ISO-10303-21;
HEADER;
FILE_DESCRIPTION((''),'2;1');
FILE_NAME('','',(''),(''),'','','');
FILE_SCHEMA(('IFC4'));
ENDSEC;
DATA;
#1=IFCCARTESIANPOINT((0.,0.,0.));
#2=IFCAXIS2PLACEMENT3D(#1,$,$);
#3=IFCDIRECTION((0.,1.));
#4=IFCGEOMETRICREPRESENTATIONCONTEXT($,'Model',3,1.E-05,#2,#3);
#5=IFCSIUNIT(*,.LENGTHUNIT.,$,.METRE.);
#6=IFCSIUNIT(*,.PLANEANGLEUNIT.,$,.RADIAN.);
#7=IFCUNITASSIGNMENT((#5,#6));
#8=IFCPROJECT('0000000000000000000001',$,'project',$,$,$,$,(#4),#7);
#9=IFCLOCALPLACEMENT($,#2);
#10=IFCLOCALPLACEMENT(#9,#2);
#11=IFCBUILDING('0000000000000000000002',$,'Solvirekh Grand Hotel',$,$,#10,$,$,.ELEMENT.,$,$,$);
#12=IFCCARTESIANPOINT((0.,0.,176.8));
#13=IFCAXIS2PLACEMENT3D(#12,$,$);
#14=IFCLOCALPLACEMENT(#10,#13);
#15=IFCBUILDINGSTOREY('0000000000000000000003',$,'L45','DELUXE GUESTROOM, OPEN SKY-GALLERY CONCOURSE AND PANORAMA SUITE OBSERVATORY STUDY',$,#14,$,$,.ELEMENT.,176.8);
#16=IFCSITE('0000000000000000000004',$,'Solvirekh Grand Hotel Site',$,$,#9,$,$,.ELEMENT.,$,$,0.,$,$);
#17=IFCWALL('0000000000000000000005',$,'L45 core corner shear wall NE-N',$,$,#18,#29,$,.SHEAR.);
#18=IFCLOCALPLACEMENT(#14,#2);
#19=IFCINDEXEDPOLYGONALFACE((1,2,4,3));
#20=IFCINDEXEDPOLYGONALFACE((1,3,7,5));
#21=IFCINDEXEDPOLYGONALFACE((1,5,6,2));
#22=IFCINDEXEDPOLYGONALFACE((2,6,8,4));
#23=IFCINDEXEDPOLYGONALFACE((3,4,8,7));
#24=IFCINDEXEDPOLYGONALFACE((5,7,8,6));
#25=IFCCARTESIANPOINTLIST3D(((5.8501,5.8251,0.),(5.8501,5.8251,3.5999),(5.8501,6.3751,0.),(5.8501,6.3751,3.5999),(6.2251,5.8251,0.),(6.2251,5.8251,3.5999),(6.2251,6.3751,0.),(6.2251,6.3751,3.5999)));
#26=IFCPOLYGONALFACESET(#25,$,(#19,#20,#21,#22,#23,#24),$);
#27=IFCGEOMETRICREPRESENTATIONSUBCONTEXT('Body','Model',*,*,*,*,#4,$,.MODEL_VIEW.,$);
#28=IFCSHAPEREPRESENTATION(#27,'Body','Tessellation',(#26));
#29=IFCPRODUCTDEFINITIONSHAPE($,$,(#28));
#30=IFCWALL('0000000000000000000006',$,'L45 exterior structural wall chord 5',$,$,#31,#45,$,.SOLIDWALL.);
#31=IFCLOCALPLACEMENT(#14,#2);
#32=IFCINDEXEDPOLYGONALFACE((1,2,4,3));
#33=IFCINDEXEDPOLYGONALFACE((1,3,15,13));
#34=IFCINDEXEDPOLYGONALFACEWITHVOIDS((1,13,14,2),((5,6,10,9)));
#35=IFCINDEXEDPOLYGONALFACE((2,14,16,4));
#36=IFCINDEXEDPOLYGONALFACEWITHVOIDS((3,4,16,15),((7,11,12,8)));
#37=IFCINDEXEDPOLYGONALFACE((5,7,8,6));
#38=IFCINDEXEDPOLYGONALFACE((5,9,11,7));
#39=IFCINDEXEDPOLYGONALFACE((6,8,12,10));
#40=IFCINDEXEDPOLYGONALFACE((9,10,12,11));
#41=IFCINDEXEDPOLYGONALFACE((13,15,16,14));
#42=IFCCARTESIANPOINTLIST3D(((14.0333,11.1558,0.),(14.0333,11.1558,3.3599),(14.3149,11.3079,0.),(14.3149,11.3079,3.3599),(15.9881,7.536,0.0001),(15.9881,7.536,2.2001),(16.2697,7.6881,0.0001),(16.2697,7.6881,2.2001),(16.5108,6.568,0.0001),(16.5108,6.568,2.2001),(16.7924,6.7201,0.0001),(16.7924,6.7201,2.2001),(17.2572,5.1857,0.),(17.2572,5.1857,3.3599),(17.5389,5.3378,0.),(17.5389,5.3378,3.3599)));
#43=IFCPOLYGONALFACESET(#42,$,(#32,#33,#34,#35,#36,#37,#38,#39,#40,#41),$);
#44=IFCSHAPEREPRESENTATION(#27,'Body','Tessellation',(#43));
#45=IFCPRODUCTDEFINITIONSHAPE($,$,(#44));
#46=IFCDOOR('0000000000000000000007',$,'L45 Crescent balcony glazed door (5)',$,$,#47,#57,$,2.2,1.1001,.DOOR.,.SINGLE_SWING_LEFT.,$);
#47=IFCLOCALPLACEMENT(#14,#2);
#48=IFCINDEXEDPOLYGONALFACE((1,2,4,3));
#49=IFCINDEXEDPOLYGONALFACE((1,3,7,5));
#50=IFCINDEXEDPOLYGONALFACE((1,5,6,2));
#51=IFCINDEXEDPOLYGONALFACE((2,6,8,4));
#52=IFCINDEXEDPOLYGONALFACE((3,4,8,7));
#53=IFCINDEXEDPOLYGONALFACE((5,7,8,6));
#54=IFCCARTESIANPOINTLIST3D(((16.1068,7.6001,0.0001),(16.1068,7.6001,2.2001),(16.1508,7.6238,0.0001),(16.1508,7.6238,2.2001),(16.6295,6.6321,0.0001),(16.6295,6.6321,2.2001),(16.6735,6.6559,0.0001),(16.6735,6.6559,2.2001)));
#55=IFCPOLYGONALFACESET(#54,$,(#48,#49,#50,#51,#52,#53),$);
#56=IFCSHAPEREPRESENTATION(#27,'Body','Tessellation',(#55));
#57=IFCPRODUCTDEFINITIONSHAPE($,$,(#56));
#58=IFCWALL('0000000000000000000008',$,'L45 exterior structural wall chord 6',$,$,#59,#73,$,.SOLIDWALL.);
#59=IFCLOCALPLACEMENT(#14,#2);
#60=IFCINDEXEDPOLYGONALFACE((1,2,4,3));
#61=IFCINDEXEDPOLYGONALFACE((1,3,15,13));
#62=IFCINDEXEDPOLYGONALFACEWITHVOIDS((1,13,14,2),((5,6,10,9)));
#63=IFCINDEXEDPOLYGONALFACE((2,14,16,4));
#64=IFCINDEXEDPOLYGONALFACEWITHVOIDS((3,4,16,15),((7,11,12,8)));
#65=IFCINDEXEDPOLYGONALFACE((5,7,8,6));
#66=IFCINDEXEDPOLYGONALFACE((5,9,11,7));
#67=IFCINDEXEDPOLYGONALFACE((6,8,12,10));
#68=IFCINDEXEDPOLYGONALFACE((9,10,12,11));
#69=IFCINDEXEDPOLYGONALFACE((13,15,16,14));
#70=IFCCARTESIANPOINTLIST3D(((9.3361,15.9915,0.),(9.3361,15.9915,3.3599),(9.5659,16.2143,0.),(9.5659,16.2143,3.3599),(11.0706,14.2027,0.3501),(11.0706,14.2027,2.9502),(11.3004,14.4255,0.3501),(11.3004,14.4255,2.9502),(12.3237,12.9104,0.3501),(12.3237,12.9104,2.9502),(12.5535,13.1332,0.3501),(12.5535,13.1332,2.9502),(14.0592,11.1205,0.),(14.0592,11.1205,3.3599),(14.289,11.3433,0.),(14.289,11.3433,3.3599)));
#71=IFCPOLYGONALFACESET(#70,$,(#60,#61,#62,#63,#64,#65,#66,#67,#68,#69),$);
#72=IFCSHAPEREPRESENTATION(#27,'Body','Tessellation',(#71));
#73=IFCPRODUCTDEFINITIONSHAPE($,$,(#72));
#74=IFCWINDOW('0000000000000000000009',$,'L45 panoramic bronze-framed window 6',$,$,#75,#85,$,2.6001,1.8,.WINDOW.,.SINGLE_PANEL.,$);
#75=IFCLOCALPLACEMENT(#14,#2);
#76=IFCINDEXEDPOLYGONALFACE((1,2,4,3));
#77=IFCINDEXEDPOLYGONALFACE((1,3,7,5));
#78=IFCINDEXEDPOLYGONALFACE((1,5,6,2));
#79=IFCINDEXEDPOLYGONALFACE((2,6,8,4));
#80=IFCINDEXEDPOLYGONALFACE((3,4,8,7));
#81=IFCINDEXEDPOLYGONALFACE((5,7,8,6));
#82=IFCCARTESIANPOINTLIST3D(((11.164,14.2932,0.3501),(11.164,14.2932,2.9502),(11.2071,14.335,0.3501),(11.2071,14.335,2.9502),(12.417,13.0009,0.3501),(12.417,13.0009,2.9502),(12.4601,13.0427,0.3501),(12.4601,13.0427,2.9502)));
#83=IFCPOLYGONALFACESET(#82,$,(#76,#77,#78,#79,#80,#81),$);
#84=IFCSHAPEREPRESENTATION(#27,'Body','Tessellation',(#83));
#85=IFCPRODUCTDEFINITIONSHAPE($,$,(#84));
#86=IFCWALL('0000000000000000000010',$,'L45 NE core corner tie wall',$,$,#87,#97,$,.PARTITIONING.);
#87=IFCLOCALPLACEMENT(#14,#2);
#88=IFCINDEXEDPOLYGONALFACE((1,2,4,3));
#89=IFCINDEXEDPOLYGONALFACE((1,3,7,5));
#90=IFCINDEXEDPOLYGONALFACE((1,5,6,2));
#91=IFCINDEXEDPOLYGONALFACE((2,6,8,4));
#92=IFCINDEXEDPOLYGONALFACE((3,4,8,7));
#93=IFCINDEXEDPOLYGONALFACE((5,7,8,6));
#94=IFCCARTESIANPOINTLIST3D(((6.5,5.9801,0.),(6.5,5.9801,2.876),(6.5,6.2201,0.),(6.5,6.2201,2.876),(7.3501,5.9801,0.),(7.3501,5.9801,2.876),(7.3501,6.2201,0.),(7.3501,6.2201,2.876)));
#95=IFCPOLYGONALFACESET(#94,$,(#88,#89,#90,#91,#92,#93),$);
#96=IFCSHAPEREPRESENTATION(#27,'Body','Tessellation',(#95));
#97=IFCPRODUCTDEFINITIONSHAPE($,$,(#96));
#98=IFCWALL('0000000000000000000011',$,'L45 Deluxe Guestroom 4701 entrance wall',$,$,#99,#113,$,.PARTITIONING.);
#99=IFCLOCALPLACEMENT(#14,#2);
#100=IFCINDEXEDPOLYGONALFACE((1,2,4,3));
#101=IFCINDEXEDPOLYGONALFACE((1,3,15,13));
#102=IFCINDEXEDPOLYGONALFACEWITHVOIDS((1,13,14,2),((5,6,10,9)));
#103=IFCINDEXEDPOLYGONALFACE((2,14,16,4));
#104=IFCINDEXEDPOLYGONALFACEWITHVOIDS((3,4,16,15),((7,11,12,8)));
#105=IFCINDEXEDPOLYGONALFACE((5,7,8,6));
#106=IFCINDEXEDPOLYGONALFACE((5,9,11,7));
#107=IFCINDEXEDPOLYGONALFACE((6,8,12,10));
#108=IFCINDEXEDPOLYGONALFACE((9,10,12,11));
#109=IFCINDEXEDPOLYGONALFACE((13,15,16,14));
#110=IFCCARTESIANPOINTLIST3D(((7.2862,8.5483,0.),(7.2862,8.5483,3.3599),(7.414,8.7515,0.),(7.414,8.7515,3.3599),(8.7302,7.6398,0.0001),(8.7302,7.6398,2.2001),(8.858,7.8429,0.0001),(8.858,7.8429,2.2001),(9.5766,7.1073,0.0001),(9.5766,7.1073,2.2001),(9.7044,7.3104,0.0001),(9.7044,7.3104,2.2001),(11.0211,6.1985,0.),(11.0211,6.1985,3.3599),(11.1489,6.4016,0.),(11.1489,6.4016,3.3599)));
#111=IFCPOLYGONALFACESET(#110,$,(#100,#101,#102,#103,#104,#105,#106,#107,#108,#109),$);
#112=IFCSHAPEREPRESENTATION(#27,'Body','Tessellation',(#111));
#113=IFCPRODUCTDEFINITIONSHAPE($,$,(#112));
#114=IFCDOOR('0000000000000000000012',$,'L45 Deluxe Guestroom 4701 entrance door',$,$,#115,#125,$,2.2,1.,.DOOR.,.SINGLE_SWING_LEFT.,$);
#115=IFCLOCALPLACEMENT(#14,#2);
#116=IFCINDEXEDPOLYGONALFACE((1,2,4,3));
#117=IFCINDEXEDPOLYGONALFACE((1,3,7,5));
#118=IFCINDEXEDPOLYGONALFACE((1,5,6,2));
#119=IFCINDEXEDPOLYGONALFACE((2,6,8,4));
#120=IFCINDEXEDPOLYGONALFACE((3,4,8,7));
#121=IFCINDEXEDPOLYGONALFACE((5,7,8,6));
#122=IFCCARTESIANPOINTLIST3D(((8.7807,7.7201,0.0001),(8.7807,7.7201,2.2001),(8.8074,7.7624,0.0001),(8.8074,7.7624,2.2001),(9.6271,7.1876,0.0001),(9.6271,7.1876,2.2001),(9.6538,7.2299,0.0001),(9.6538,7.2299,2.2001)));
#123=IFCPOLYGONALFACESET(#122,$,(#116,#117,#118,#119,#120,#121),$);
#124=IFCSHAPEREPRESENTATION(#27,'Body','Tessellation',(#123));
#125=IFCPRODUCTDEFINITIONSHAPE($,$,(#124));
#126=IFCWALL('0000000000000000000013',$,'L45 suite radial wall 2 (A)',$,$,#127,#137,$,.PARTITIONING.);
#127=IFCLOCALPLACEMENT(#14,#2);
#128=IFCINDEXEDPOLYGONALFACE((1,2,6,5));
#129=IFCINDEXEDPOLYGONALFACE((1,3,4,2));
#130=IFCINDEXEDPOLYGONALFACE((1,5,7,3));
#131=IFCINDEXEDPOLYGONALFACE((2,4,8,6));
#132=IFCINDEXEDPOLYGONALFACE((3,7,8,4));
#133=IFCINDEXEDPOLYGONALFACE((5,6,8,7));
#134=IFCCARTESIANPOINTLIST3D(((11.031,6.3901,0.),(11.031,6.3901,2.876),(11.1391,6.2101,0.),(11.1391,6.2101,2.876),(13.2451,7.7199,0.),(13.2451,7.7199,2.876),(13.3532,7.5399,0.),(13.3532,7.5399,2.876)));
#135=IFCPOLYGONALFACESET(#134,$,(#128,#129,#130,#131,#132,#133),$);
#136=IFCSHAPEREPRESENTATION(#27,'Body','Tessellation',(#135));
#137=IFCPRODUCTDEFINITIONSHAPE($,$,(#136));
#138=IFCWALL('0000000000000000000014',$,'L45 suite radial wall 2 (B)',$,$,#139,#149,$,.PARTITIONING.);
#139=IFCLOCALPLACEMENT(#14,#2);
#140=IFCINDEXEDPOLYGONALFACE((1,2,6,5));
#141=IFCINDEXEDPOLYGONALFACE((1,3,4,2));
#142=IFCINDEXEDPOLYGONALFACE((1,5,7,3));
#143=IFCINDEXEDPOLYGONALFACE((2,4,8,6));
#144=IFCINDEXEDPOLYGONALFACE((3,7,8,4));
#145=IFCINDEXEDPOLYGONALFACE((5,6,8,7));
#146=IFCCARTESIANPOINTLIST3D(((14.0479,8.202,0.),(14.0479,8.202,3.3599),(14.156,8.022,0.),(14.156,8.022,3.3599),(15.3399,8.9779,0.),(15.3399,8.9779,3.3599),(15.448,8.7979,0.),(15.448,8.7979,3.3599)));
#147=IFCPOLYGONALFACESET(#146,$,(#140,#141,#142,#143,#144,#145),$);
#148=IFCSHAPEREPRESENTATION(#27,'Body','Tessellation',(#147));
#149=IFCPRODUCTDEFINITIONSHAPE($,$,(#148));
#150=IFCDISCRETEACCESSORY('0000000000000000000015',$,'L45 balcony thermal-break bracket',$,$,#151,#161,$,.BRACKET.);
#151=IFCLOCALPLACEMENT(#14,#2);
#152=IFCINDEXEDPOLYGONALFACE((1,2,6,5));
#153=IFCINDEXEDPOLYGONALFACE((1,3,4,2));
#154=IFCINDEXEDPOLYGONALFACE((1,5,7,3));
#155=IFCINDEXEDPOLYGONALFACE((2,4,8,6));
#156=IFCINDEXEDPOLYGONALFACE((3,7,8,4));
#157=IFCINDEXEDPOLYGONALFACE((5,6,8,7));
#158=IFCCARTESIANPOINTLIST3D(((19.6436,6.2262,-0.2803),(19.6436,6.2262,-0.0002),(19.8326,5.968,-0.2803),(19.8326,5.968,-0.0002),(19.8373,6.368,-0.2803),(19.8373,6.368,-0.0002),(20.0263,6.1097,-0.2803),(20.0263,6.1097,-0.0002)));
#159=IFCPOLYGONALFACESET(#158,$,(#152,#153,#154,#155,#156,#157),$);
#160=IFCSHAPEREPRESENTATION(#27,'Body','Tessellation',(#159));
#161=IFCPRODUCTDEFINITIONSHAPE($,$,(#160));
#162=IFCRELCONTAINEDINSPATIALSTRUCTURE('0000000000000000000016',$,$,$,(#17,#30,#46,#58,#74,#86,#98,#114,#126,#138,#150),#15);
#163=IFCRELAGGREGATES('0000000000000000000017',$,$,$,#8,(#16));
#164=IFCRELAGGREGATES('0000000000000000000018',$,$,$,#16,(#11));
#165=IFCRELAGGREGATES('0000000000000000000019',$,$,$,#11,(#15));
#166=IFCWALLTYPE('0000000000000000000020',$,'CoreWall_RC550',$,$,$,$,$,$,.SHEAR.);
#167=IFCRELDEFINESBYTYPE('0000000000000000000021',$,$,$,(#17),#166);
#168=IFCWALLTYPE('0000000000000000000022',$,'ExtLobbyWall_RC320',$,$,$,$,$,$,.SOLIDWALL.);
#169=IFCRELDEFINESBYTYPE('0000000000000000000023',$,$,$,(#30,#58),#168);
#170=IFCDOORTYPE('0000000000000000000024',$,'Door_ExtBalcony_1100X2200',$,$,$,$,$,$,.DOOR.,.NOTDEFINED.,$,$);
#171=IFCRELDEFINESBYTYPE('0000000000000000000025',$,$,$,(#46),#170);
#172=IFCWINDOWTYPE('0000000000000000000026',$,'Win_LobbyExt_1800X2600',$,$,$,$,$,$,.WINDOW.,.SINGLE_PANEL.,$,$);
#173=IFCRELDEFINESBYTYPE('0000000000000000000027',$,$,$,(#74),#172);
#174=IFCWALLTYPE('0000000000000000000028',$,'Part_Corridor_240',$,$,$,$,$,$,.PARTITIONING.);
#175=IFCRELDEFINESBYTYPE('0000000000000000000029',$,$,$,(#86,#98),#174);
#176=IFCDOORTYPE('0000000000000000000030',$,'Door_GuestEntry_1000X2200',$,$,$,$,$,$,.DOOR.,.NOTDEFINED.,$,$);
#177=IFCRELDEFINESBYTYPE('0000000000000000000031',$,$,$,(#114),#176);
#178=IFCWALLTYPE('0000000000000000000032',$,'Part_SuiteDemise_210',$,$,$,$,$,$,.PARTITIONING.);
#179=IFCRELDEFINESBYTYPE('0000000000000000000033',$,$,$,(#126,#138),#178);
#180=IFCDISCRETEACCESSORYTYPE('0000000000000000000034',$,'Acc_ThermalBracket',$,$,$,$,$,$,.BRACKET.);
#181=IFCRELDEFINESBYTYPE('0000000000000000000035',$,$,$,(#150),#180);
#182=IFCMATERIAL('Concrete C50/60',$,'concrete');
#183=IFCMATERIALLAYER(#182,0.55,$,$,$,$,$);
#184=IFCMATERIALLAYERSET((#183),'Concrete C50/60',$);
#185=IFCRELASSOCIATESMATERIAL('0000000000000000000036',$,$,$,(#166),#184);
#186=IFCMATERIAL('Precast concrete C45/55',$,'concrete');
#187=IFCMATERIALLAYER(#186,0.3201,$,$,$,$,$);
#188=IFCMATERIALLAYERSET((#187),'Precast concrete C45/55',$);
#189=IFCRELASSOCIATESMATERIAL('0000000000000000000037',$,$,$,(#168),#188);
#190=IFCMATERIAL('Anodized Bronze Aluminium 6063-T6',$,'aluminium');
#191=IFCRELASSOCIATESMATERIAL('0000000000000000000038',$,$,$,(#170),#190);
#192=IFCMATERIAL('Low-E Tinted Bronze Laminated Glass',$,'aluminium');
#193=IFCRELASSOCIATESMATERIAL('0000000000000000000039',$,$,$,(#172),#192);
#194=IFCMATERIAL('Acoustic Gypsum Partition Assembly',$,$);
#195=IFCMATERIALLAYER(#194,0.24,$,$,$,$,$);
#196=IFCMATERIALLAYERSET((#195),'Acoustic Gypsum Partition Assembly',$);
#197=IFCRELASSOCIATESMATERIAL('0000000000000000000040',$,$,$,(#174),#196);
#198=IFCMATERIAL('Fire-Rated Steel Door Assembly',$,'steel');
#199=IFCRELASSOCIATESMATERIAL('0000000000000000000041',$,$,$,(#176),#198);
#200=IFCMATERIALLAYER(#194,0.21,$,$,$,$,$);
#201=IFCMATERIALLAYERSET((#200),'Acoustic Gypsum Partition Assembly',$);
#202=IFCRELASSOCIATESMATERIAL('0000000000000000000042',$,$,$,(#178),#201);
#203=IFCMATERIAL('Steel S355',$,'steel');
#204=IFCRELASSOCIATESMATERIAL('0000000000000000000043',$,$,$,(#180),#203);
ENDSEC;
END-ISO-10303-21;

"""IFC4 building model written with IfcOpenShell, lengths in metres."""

from ifc_helpers import new_model, si_unit, direction, frame, frame_2d, origin, origin_2d, place, context, subcontext, project, spatial, rectangle, extrude, material, layer, layer_set, type_object, element, fill, save


model = new_model("IFC4")

# Units and contexts
model_context = context("Model", 3, precision=1e-05, world=origin(), true_north=direction((0.0, 1.0)))
body_context = subcontext(model_context, "Body", "Model", "MODEL_VIEW")
ifc_project = project(units=[si_unit("LENGTHUNIT", "METRE"), si_unit("PLANEANGLEUNIT", "RADIAN")], contexts=[model_context])

# Site, building, storey
site_placement = place(None, origin())
site = spatial("IfcSite", under=ifc_project, at=site_placement, Name="Solvirekh Grand Hotel Site", CompositionType="ELEMENT", RefElevation=0.0)
building_placement = place(site_placement, origin())
building = spatial("IfcBuilding", under=site, at=building_placement, Name="Solvirekh Grand Hotel", CompositionType="ELEMENT")
storey_placement = place(building_placement, frame((0.0, 0.0, 176.8)))
storey = spatial("IfcBuildingStorey", under=building, at=storey_placement, Name="L45", Description="DELUXE GUESTROOM, OPEN SKY-GALLERY CONCOURSE AND PANORAMA SUITE OBSERVATORY STUDY", CompositionType="ELEMENT", Elevation=176.8)

# Shared definitions
ifc_material_1 = material(Name="Concrete C50/60", Category="concrete")

# Shared definitions
ifc_material_2 = material(Name="Steel S355", Category="steel")

# Wall
ifc_layer_1 = layer(ifc_material_1, 0.55)
ifc_layer_set_1 = layer_set([ifc_layer_1], Name="Concrete C50/60")
wall_type_1 = type_object("IfcWallType", Name="CoreWall_RC550", PredefinedType="SHEAR", material=ifc_layer_set_1)
wall_1_placement = place(storey_placement, frame((5.8501, 6.1001, 0.0), z_axis=(0.0, 0.0, 1.0), x_axis=(1.0, 0.0, 0.0)))
element("IfcWall", 1, at=wall_1_placement, inside=storey, type_object=wall_type_1, Name="L45 core corner shear wall NE-N", PredefinedType="SHEAR", context=body_context, shape_type="SweptSolid", body=[
    extrude(rectangle(XDim=0.375, YDim=0.55, at=frame_2d((0.1875, 0.0))), origin(), (0.0, 0.0, 1.0), 3.5999),
])

# Wall, opening, door
ifc_material_3 = material(Name="Precast concrete C45/55", Category="concrete")
ifc_layer_2 = layer(ifc_material_3, 0.3201)
ifc_layer_set_2 = layer_set([ifc_layer_2], Name="Precast concrete C45/55")
wall_type_2 = type_object("IfcWallType", Name="ExtLobbyWall_RC320", PredefinedType="SOLIDWALL", material=ifc_layer_set_2)
wall_2_placement = place(storey_placement, frame((14.1741, 11.2319, 0.0), z_axis=(0.0, 0.0, 1.0), x_axis=(0.47516, -0.8799, 0.0)))
wall_2 = element("IfcWall", 2, at=wall_2_placement, inside=storey, type_object=wall_type_2, Name="L45 exterior structural wall chord 5", PredefinedType="SOLIDWALL", context=body_context, shape_type="SweptSolid", body=[
    extrude(rectangle(XDim=6.7849, YDim=0.3201, at=frame_2d((3.3926, 0.0))), origin(), (0.0, 0.0, 1.0), 3.3599),
])
opening_1_placement = place(wall_2_placement, frame((4.114, 0.0, 0.0)))
opening_1 = element("IfcOpeningElement", 3, at=opening_1_placement, cuts=wall_2, PredefinedType="OPENING", context=body_context, shape_type="SweptSolid", body=[
    extrude(rectangle(XDim=1.1001, YDim=2.2, at=frame_2d((0.55, 1.1001))), frame((0.0, 0.1699, 0.0), z_axis=(0.0, -1.0, 0.0), x_axis=(1.0, 0.0, 0.0)), (0.0, 0.0, 1.0), 0.3401),
])
ifc_material_4 = material(Name="Anodized Bronze Aluminium 6063-T6", Category="aluminium")
door_type_1 = type_object("IfcDoorType", Name="Door_ExtBalcony_1100X2200", OperationType="NOTDEFINED", PredefinedType="DOOR", material=ifc_material_4)
door_1_placement = place(opening_1_placement, origin())
door_1 = element("IfcDoor", 4, at=door_1_placement, inside=storey, type_object=door_type_1, Name="L45 Crescent balcony glazed door (5)", OperationType="SINGLE_SWING_LEFT", OverallHeight=2.2, OverallWidth=1.1001, PredefinedType="DOOR", context=body_context, shape_type="SweptSolid", body=[
    extrude(rectangle(XDim=1.1001, YDim=2.2, at=frame_2d((0.55, 1.1001))), frame((0.0, 0.0249, 0.0), z_axis=(0.0, -1.0, 0.0), x_axis=(1.0, 0.0, 0.0)), (0.0, 0.0, 1.0), 0.05),
])
fill(opening_1, door_1)

# Wall, opening, window
wall_3_placement = place(storey_placement, frame((9.4509, 16.103, 0.0), z_axis=(0.0, 0.0, 1.0), x_axis=(0.69612, -0.717925, 0.0)))
wall_3 = element("IfcWall", 5, at=wall_3_placement, inside=storey, type_object=wall_type_2, Name="L45 exterior structural wall chord 6", PredefinedType="SOLIDWALL", context=body_context, shape_type="SweptSolid", body=[
    extrude(rectangle(XDim=6.7849, YDim=0.3201, at=frame_2d((3.3926, 0.0))), origin(), (0.0, 0.0, 1.0), 3.3599),
])
opening_2_placement = place(wall_3_placement, frame((2.4919, 0.0, 0.3501)))
opening_2 = element("IfcOpeningElement", 6, at=opening_2_placement, cuts=wall_3, PredefinedType="OPENING", context=body_context, shape_type="SweptSolid", body=[
    extrude(rectangle(XDim=1.8, YDim=2.6001, at=frame_2d((0.8999, 1.3))), frame((0.0, 0.1699, 0.0), z_axis=(0.0, -1.0, 0.0), x_axis=(1.0, 0.0, 0.0)), (0.0, 0.0, 1.0), 0.3401),
])
ifc_material_5 = material(Name="Low-E Tinted Bronze Laminated Glass", Category="aluminium")
window_type = type_object("IfcWindowType", Name="Win_LobbyExt_1800X2600", PartitioningType="SINGLE_PANEL", PredefinedType="WINDOW", material=ifc_material_5)
window_placement = place(opening_2_placement, origin())
window = element("IfcWindow", 7, at=window_placement, inside=storey, type_object=window_type, Name="L45 panoramic bronze-framed window 6", OverallHeight=2.6001, OverallWidth=1.8, PartitioningType="SINGLE_PANEL", PredefinedType="WINDOW", context=body_context, shape_type="SweptSolid", body=[
    extrude(rectangle(XDim=1.8, YDim=2.6001, at=frame_2d((0.8999, 1.3))), frame((0.0, 0.03, 0.0), z_axis=(0.0, -1.0, 0.0), x_axis=(1.0, 0.0, 0.0)), (0.0, 0.0, 1.0), 0.0601),
])
fill(opening_2, window)

# Wall
ifc_material_6 = material(Name="Acoustic Gypsum Partition Assembly")
ifc_layer_3 = layer(ifc_material_6, 0.24)
ifc_layer_set_3 = layer_set([ifc_layer_3], Name="Acoustic Gypsum Partition Assembly")
wall_type_3 = type_object("IfcWallType", Name="Part_Corridor_240", PredefinedType="PARTITIONING", material=ifc_layer_set_3)
wall_4_placement = place(storey_placement, frame((6.5, 6.1001, 0.0), z_axis=(0.0, 0.0, 1.0), x_axis=(1.0, 0.0, 0.0)))
element("IfcWall", 8, at=wall_4_placement, inside=storey, type_object=wall_type_3, Name="L45 NE core corner tie wall", PredefinedType="PARTITIONING", context=body_context, shape_type="SweptSolid", body=[
    extrude(rectangle(XDim=0.8501, YDim=0.24, at=frame_2d((0.425, 0.0))), origin(), (0.0, 0.0, 1.0), 2.876),
])

# Wall, opening, door
wall_5_placement = place(storey_placement, frame((7.3501, 8.6499, 0.0), z_axis=(0.0, 0.0, 1.0), x_axis=(0.846409, -0.532533, 0.0)))
wall_5 = element("IfcWall", 9, at=wall_5_placement, inside=storey, type_object=wall_type_3, Name="L45 Deluxe Guestroom 4701 entrance wall", PredefinedType="PARTITIONING", context=body_context, shape_type="SweptSolid", body=[
    extrude(rectangle(XDim=4.4126, YDim=0.24, at=frame_2d((2.2063, 0.0))), origin(), (0.0, 0.0, 1.0), 3.3599),
])
opening_3_placement = place(wall_5_placement, frame((1.7061, 0.0, 0.0)))
opening_3 = element("IfcOpeningElement", 10, at=opening_3_placement, cuts=wall_5, PredefinedType="OPENING", context=body_context, shape_type="SweptSolid", body=[
    extrude(rectangle(XDim=1.0, YDim=2.2, at=frame_2d((0.5, 1.1001))), frame((0.0, 0.1299, 0.0), z_axis=(0.0, -1.0, 0.0), x_axis=(1.0, 0.0, 0.0)), (0.0, 0.0, 1.0), 0.26),
])
ifc_material_7 = material(Name="Fire-Rated Steel Door Assembly", Category="steel")
door_type_2 = type_object("IfcDoorType", Name="Door_GuestEntry_1000X2200", OperationType="NOTDEFINED", PredefinedType="DOOR", material=ifc_material_7)
door_2_placement = place(opening_3_placement, origin())
door_2 = element("IfcDoor", 11, at=door_2_placement, inside=storey, type_object=door_type_2, Name="L45 Deluxe Guestroom 4701 entrance door", OperationType="SINGLE_SWING_LEFT", OverallHeight=2.2, OverallWidth=1.0, PredefinedType="DOOR", context=body_context, shape_type="SweptSolid", body=[
    extrude(rectangle(XDim=1.0, YDim=2.2, at=frame_2d((0.5, 1.1001))), frame((0.0, 0.0249, 0.0), z_axis=(0.0, -1.0, 0.0), x_axis=(1.0, 0.0, 0.0)), (0.0, 0.0, 1.0), 0.05),
])
fill(opening_3, door_2)

# Walls
ifc_layer_4 = layer(ifc_material_6, 0.21)
ifc_layer_set_4 = layer_set([ifc_layer_4], Name="Acoustic Gypsum Partition Assembly")
wall_type_4 = type_object("IfcWallType", Name="Part_SuiteDemise_210", PredefinedType="PARTITIONING", material=ifc_layer_set_4)
wall_6_placement = place(storey_placement, frame((11.085, 6.3, 0.0), z_axis=(0.0, 0.0, 1.0), x_axis=(0.857259, 0.514885, 0.0)))
element("IfcWall", 12, at=wall_6_placement, inside=storey, type_object=wall_type_4, Name="L45 suite radial wall 2 (A)", PredefinedType="PARTITIONING", context=body_context, shape_type="SweptSolid", body=[
    extrude(rectangle(XDim=2.5828, YDim=0.21, at=frame_2d((1.2915, 0.0))), origin(), (0.0, 0.0, 1.0), 2.876),
])
wall_7_placement = place(storey_placement, frame((14.1021, 8.1121, 0.0), z_axis=(0.0, 0.0, 1.0), x_axis=(0.857293, 0.514829, 0.0)))
element("IfcWall", 13, at=wall_7_placement, inside=storey, type_object=wall_type_4, Name="L45 suite radial wall 2 (B)", PredefinedType="PARTITIONING", context=body_context, shape_type="SweptSolid", body=[
    extrude(rectangle(XDim=1.5071, YDim=0.21, at=frame_2d((0.7534, 0.0))), origin(), (0.0, 0.0, 1.0), 3.3599),
])

# Discrete accessory
discrete_accessory_type = type_object("IfcDiscreteAccessoryType", Name="Acc_ThermalBracket", PredefinedType="BRACKET", material=ifc_material_2)
discrete_accessory_placement = place(storey_placement, frame((19.835, 6.168, -0.2803), z_axis=(0.0, 0.0, 1.0), x_axis=(0.590606, -0.80696, 0.0)))
element("IfcDiscreteAccessory", 14, at=discrete_accessory_placement, inside=storey, type_object=discrete_accessory_type, Name="L45 balcony thermal-break bracket", PredefinedType="BRACKET", context=body_context, shape_type="SweptSolid", body=[
    extrude(rectangle(XDim=0.3201, YDim=0.24, at=origin_2d()), origin(), (0.0, 0.0, 1.0), 0.28),
])

save(model, "model.ifc")
